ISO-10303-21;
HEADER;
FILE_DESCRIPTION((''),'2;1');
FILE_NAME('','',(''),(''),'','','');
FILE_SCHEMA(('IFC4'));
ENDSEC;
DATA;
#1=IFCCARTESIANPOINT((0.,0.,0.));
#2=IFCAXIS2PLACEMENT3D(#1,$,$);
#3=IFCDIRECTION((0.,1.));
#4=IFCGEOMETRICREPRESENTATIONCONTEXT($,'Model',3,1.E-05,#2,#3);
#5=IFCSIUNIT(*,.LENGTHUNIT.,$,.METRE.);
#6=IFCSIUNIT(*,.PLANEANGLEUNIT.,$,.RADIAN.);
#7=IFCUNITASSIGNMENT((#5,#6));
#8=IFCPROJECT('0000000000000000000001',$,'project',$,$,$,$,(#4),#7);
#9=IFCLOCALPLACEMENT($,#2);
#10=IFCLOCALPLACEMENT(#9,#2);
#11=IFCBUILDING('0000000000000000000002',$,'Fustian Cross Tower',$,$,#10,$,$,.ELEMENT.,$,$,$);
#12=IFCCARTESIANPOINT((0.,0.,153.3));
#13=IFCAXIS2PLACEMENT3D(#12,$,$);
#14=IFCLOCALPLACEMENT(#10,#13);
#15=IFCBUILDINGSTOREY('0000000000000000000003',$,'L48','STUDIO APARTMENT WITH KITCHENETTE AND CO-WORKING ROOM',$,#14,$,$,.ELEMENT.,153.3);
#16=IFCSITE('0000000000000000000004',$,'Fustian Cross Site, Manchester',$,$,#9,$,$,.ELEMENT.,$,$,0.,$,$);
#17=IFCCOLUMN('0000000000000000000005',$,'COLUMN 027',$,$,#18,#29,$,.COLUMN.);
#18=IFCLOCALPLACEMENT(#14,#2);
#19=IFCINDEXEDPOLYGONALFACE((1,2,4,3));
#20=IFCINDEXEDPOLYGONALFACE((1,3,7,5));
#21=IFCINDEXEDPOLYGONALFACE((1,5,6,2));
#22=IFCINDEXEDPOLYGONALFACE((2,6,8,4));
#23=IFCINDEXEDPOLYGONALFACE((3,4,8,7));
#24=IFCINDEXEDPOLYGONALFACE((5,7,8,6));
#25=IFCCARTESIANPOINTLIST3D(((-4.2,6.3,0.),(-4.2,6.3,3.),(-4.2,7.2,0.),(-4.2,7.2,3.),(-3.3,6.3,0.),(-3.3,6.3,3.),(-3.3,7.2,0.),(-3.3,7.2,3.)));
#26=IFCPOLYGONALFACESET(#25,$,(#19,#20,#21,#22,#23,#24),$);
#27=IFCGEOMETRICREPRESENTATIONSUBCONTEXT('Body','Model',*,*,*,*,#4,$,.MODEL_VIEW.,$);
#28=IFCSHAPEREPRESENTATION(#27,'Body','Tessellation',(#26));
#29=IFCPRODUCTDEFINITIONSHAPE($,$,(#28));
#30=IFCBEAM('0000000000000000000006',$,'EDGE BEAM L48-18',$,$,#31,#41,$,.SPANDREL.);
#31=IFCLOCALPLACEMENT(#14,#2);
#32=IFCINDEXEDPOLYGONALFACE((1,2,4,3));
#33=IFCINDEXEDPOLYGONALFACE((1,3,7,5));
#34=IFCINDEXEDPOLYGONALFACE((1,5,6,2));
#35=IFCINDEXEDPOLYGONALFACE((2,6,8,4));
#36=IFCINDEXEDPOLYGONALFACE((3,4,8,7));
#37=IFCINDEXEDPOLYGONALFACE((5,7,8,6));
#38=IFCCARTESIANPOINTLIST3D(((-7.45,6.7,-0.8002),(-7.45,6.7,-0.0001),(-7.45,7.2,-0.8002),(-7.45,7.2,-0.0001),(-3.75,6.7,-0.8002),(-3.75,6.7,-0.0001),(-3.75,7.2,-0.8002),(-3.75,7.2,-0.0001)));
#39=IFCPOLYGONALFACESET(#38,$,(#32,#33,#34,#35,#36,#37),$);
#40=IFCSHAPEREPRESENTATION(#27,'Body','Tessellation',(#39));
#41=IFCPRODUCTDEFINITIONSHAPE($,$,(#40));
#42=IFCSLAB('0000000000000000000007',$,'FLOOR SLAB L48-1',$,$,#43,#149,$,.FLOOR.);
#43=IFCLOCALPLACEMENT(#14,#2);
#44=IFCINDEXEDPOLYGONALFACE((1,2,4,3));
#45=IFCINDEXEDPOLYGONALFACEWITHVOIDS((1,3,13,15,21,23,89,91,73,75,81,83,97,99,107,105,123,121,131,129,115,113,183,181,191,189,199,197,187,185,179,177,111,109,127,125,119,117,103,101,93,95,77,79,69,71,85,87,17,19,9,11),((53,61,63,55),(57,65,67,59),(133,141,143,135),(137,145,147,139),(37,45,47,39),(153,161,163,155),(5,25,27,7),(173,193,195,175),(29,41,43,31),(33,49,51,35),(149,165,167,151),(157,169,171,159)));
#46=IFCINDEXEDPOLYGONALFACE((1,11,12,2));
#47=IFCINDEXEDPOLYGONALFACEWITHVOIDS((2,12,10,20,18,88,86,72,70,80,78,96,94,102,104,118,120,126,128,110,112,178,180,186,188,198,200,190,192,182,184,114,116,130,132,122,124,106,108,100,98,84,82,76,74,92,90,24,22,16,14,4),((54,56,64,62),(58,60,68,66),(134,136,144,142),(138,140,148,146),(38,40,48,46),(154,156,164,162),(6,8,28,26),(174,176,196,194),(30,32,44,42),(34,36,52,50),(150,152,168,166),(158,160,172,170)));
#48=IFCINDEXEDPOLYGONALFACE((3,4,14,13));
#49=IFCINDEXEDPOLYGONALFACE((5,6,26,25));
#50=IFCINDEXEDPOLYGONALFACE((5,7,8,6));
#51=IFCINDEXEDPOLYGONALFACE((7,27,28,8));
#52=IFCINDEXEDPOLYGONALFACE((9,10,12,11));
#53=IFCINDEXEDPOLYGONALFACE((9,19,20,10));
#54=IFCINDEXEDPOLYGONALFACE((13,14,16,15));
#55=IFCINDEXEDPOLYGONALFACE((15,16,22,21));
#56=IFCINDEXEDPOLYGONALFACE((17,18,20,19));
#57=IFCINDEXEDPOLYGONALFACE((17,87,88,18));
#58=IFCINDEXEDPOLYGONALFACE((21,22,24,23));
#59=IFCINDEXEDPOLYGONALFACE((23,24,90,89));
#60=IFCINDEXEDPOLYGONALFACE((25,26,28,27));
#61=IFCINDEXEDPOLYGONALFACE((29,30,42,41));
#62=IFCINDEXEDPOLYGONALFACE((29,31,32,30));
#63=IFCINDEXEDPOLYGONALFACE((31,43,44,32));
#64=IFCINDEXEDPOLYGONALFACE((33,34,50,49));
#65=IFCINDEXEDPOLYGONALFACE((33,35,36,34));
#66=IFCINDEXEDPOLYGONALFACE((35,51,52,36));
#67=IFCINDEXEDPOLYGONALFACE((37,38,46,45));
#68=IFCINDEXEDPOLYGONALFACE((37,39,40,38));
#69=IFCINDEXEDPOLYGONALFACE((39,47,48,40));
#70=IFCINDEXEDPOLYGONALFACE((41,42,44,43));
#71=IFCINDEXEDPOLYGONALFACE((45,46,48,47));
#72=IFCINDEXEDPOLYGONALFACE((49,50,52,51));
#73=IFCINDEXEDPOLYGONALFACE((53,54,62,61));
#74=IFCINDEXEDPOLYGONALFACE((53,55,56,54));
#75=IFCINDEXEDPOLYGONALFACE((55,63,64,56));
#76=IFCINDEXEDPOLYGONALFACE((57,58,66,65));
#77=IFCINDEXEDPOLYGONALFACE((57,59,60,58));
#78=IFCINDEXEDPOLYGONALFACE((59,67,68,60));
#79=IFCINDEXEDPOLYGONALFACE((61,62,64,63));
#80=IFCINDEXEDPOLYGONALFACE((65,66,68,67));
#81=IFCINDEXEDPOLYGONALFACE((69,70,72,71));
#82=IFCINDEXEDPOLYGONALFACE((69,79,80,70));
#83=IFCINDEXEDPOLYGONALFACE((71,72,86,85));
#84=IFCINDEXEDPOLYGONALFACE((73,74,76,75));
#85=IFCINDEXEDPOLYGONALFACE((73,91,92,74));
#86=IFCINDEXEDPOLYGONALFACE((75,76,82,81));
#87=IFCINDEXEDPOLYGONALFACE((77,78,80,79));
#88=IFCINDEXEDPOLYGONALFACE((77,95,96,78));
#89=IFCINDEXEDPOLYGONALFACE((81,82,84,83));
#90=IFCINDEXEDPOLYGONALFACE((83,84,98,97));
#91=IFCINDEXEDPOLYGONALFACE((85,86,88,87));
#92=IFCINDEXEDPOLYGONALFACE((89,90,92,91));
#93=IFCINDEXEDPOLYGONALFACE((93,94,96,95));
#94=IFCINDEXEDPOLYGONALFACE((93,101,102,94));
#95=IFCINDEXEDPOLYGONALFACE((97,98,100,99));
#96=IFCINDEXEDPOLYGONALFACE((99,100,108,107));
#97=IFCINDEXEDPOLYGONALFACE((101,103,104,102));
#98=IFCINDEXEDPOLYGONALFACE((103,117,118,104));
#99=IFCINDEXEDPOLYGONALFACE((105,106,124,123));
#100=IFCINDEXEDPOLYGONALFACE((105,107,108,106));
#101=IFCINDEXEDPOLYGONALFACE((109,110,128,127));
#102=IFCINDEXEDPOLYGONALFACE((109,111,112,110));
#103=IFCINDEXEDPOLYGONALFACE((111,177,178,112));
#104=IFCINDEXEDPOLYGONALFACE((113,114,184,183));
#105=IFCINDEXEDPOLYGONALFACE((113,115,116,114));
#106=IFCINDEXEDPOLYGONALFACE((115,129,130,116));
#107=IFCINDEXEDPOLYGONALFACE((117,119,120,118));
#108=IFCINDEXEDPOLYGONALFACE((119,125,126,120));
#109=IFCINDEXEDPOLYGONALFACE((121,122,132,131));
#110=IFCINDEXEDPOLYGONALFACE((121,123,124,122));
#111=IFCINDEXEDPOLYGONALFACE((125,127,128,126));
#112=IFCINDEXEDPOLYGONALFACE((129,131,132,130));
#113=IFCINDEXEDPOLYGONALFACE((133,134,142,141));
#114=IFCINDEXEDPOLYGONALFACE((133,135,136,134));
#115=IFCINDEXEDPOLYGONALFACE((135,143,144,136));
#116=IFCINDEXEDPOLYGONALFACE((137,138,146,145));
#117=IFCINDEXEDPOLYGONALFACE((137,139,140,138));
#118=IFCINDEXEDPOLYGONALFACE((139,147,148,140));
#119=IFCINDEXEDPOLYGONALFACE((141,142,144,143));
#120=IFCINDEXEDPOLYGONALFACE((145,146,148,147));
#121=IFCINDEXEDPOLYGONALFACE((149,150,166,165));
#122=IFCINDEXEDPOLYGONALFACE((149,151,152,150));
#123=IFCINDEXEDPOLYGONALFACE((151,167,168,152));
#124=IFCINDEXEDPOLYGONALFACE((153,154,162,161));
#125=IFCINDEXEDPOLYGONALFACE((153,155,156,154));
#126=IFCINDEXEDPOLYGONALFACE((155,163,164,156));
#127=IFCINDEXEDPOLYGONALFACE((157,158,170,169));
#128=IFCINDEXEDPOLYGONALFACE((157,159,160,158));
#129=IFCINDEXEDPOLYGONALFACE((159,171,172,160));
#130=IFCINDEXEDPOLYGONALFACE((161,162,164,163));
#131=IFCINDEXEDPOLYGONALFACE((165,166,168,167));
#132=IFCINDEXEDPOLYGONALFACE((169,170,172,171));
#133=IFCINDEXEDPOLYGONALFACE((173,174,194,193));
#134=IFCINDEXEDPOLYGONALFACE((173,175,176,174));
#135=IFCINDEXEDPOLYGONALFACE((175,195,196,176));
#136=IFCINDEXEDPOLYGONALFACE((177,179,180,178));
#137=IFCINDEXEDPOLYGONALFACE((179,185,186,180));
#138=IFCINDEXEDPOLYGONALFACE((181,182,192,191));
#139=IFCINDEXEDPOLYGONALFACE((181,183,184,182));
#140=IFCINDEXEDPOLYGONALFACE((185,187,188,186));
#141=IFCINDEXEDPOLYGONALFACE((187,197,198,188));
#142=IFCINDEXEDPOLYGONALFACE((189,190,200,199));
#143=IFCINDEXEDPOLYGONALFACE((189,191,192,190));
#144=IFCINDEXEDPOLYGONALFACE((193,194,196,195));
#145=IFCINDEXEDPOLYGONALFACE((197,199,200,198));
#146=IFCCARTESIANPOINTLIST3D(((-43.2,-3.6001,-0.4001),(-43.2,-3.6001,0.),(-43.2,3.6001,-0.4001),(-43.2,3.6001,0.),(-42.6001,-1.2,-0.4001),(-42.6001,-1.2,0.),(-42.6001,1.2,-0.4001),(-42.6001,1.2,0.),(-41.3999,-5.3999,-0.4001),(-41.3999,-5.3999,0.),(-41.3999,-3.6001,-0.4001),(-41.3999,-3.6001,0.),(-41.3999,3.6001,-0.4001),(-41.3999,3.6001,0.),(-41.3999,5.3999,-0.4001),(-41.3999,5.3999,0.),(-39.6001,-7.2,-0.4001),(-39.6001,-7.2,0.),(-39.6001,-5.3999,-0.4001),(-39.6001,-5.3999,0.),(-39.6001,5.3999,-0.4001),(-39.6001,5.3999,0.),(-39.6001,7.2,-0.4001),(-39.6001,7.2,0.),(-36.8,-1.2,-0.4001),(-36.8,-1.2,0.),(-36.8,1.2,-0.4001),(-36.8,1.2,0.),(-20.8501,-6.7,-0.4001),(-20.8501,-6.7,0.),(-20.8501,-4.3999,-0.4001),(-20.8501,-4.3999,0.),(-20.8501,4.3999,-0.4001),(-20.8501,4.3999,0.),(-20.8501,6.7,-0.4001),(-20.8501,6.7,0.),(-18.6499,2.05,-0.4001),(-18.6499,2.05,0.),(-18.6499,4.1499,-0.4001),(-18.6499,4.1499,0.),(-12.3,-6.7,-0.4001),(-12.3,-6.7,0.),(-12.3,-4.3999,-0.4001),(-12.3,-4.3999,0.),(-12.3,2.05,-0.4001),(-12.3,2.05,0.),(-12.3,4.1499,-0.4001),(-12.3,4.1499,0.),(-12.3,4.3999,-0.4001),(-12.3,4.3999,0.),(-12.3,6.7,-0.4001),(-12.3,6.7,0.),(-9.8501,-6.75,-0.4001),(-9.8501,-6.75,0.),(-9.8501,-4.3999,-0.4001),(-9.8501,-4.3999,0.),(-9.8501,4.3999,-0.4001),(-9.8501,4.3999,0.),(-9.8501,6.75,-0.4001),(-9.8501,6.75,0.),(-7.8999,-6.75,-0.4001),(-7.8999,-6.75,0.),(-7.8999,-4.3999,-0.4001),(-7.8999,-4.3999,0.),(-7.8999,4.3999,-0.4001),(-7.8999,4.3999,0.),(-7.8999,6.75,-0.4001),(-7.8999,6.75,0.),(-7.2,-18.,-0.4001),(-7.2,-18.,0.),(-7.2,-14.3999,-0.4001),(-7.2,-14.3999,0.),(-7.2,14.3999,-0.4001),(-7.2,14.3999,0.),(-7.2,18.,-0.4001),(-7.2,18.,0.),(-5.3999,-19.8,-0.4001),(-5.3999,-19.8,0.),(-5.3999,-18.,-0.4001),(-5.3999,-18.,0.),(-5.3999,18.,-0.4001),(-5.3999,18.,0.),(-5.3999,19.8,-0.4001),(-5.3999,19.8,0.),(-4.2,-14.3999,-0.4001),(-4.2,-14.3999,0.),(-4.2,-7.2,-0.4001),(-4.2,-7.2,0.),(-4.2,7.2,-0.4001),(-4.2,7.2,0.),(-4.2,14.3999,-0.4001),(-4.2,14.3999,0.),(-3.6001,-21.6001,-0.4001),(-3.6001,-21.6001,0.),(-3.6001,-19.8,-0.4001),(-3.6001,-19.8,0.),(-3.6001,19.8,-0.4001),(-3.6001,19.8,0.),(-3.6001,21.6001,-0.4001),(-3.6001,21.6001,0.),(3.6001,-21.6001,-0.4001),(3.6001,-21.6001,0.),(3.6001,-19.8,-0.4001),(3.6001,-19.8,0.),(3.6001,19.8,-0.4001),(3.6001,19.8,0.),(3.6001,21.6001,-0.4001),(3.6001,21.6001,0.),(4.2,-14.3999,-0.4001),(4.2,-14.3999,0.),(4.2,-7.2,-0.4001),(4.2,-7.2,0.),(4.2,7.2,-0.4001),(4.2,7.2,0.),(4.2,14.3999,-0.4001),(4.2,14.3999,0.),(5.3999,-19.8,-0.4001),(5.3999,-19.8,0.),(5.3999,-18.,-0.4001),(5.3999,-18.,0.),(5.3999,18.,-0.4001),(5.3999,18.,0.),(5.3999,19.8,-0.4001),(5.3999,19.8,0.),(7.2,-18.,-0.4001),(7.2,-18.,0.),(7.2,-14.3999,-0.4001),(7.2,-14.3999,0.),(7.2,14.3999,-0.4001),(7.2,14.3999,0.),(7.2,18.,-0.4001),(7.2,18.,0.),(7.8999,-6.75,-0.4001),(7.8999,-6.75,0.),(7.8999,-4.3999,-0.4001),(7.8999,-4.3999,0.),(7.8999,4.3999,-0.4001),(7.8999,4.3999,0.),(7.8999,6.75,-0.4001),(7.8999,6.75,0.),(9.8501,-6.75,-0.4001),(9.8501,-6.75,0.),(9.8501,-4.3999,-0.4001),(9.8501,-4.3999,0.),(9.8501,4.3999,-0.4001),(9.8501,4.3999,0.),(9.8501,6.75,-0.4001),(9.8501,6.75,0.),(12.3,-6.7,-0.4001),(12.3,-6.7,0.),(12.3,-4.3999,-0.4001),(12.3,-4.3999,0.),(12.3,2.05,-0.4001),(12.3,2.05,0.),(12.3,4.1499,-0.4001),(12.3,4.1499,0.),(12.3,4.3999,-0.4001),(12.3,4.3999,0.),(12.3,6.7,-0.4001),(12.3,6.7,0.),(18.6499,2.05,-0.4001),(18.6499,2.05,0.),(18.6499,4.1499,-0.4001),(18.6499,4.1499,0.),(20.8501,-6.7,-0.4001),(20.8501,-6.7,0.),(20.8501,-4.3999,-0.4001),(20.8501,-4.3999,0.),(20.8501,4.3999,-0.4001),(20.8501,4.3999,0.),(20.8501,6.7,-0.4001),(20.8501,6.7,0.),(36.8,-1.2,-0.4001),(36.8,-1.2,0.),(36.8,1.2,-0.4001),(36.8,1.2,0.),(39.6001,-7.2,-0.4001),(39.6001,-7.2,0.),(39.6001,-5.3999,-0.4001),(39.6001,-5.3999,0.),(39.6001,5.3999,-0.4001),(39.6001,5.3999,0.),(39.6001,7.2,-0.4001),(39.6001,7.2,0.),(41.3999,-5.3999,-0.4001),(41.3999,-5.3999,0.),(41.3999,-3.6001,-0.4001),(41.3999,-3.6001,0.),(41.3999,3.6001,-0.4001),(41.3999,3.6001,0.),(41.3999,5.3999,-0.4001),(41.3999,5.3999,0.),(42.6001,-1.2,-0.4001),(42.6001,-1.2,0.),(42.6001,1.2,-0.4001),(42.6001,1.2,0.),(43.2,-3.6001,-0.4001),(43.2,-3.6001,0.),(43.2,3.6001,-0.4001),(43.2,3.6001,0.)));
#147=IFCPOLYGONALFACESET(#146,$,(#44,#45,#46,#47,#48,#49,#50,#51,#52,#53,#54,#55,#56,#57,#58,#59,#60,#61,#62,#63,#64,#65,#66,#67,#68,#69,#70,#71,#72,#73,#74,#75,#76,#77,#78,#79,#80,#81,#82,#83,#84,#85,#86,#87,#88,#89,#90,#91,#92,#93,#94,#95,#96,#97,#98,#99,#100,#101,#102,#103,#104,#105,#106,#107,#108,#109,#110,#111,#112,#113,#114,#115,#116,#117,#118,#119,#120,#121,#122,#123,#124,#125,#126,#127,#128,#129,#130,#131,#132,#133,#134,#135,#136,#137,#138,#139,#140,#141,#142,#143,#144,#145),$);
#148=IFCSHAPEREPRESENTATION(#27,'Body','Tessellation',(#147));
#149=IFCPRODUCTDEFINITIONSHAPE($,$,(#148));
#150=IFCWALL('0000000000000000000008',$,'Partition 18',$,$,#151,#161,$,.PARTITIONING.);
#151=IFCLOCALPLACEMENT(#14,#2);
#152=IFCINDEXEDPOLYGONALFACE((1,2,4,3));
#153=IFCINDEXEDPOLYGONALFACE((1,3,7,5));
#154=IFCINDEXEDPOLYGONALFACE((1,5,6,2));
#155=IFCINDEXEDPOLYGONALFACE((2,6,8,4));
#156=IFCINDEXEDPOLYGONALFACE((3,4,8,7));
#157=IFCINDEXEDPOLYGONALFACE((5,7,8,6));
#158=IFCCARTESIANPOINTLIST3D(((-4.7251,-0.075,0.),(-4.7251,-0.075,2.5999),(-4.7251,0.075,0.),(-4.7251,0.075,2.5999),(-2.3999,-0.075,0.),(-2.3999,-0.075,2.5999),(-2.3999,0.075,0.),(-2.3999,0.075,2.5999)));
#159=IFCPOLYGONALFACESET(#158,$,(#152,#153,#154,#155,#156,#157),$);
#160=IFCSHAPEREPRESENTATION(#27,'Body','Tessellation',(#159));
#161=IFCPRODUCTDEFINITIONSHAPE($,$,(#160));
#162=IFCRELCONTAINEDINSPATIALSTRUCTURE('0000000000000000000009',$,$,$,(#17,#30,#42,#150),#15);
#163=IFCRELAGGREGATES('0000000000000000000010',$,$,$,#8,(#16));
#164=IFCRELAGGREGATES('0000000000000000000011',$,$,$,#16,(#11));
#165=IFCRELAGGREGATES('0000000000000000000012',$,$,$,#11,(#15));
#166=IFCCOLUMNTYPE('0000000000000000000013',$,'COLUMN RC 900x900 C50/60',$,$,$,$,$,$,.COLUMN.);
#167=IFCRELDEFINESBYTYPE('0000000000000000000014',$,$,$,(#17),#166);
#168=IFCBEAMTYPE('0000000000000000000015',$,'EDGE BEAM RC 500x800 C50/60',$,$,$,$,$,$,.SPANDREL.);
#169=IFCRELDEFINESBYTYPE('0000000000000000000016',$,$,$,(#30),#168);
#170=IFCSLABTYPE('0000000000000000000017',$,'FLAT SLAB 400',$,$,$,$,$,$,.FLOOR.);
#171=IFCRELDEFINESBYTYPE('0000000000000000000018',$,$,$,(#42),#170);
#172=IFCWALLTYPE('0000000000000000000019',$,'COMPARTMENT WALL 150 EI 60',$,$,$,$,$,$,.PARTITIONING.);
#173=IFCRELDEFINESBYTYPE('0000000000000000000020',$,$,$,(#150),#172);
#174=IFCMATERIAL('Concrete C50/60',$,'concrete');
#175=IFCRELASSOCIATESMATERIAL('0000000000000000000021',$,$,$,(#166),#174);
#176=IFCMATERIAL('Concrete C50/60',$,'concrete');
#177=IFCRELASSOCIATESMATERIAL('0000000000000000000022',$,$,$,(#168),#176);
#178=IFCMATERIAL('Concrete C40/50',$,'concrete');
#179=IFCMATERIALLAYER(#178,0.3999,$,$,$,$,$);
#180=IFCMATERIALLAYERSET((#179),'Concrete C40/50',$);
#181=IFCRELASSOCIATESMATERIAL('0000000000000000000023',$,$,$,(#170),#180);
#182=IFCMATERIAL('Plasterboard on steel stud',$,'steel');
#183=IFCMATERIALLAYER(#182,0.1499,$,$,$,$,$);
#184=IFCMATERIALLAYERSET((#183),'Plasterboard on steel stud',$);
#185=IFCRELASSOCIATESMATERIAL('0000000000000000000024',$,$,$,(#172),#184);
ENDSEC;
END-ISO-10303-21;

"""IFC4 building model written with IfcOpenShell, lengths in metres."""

from ifc_helpers import new_model, si_unit, direction, frame, frame_2d, origin, origin_2d, place, context, subcontext, project, spatial, polyline, rectangle, outline, extrude, material, layer, layer_set, material_profile, profile_set, type_object, element, save


model = new_model("IFC4")

# Units and contexts
model_context = context("Model", 3, precision=1e-05, world=origin(), true_north=direction((0.0, 1.0)))
body_context = subcontext(model_context, "Body", "Model", "MODEL_VIEW")
ifc_project = project(units=[si_unit("LENGTHUNIT", "METRE"), si_unit("PLANEANGLEUNIT", "RADIAN")], contexts=[model_context])

# Site, building, storey
site_placement = place(None, origin())
site = spatial("IfcSite", under=ifc_project, at=site_placement, Name="Fustian Cross Site, Manchester", CompositionType="ELEMENT", RefElevation=0.0)
building_placement = place(site_placement, origin())
building = spatial("IfcBuilding", under=site, at=building_placement, Name="Fustian Cross Tower", CompositionType="ELEMENT")
storey_placement = place(building_placement, frame((0.0, 0.0, 153.3)))
storey = spatial("IfcBuildingStorey", under=building, at=storey_placement, Name="L48", Description="STUDIO APARTMENT WITH KITCHENETTE AND CO-WORKING ROOM", CompositionType="ELEMENT", Elevation=153.3)

# Column
ifc_material_1 = material(Name="Concrete C50/60", Category="concrete")
ifc_material_profile_1 = material_profile(ifc_material_1, rectangle(XDim=0.8999, YDim=0.8999, at=origin_2d()), Name="RC 900x900")
ifc_profile_set_1 = profile_set([ifc_material_profile_1], Name="Concrete C50/60")
column_type = type_object("IfcColumnType", Name="COLUMN RC 900x900 C50/60", PredefinedType="COLUMN", material=ifc_profile_set_1)
column_placement = place(storey_placement, frame((-3.75, 6.75, 0.0), z_axis=(0.0, 0.0, 1.0), x_axis=(1.0, 0.0, 0.0)))
element("IfcColumn", 1, at=column_placement, inside=storey, type_object=column_type, Name="COLUMN 027", PredefinedType="COLUMN", context=body_context, shape_type="SweptSolid", body=[
    extrude(rectangle(XDim=0.8999, YDim=0.8999, at=origin_2d()), origin(), (0.0, 0.0, 1.0), 3.0),
])

# Beam
ifc_material_2 = material(Name="Concrete C50/60", Category="concrete")
ifc_material_profile_2 = material_profile(ifc_material_2, rectangle(XDim=0.5, YDim=0.8, at=origin_2d()), Name="RC 500x800")
ifc_profile_set_2 = profile_set([ifc_material_profile_2], Name="Concrete C50/60")
beam_type = type_object("IfcBeamType", Name="EDGE BEAM RC 500x800 C50/60", PredefinedType="SPANDREL", material=ifc_profile_set_2)
beam_placement = place(storey_placement, frame((-3.75, 6.95, -0.4001), z_axis=(-1.0, 0.0, 0.0), x_axis=(0.0, -1.0, 0.0)))
element("IfcBeam", 2, at=beam_placement, inside=storey, type_object=beam_type, Name="EDGE BEAM L48-18", PredefinedType="SPANDREL", context=body_context, shape_type="SweptSolid", body=[
    extrude(rectangle(XDim=0.5, YDim=0.8, at=origin_2d()), origin(), (0.0, 0.0, 1.0), 3.7),
])

# Slab
ifc_material_3 = material(Name="Concrete C40/50", Category="concrete")
ifc_layer_1 = layer(ifc_material_3, 0.3999)
ifc_layer_set_1 = layer_set([ifc_layer_1], Name="Concrete C40/50")
slab_type = type_object("IfcSlabType", Name="FLAT SLAB 400", PredefinedType="FLOOR", material=ifc_layer_set_1)
slab_placement = place(storey_placement, frame((0.0, 0.0, -0.4001)))
element("IfcSlab", 3, at=slab_placement, inside=storey, type_object=slab_type, Name="FLOOR SLAB L48-1", PredefinedType="FLOOR", context=body_context, shape_type="SweptSolid", body=[
    extrude(outline(polyline([(-5.3999, -18.0), (-7.2, -18.0), (-7.2, -14.3999), (-4.2, -14.3999), (-4.2, -7.2), (-39.6001, -7.2), (-39.6001, -5.3999), (-41.3999, -5.3999), (-41.3999, -3.6001), (-43.2, -3.6001), (-43.2, 3.6001), (-41.3999, 3.6001), (-41.3999, 5.3999), (-39.6001, 5.3999), (-39.6001, 7.2), (-4.2, 7.2), (-4.2, 14.3999), (-7.2, 14.3999), (-7.2, 18.0), (-5.3999, 18.0), (-5.3999, 19.8), (-3.6001, 19.8), (-3.6001, 21.6001), (3.6001, 21.6001), (3.6001, 19.8), (5.3999, 19.8), (5.3999, 18.0), (7.2, 18.0), (7.2, 14.3999), (4.2, 14.3999), (4.2, 7.2), (39.6001, 7.2), (39.6001, 5.3999), (41.3999, 5.3999), (41.3999, 3.6001), (43.2, 3.6001), (43.2, -3.6001), (41.3999, -3.6001), (41.3999, -5.3999), (39.6001, -5.3999), (39.6001, -7.2), (4.2, -7.2), (4.2, -14.3999), (7.2, -14.3999), (7.2, -18.0), (5.3999, -18.0), (5.3999, -19.8), (3.6001, -19.8), (3.6001, -21.6001), (-3.6001, -21.6001), (-3.6001, -19.8), (-5.3999, -19.8), (-5.3999, -18.0)]), holes=[polyline([(9.8501, 4.3999), (9.8501, 6.75), (7.8999, 6.75), (7.8999, 4.3999), (9.8501, 4.3999)]), polyline([(7.8999, -6.75), (9.8501, -6.75), (9.8501, -4.3999), (7.8999, -4.3999), (7.8999, -6.75)]), polyline([(-9.8501, 6.75), (-9.8501, 4.3999), (-7.8999, 4.3999), (-7.8999, 6.75), (-9.8501, 6.75)]), polyline([(-7.8999, -4.3999), (-9.8501, -4.3999), (-9.8501, -6.75), (-7.8999, -6.75), (-7.8999, -4.3999)]), polyline([(18.6499, 2.05), (18.6499, 4.1499), (12.3, 4.1499), (12.3, 2.05), (18.6499, 2.05)]), polyline([(-18.6499, 2.05), (-12.3, 2.05), (-12.3, 4.1499), (-18.6499, 4.1499), (-18.6499, 2.05)]), polyline([(12.3, 6.7), (12.3, 4.3999), (20.8501, 4.3999), (20.8501, 6.7), (12.3, 6.7)]), polyline([(20.8501, -4.3999), (12.3, -4.3999), (12.3, -6.7), (20.8501, -6.7), (20.8501, -4.3999)]), polyline([(-12.3, 4.3999), (-12.3, 6.7), (-20.8501, 6.7), (-20.8501, 4.3999), (-12.3, 4.3999)]), polyline([(-20.8501, -6.7), (-12.3, -6.7), (-12.3, -4.3999), (-20.8501, -4.3999), (-20.8501, -6.7)]), polyline([(36.8, 1.2), (36.8, -1.2), (42.6001, -1.2), (42.6001, 1.2), (36.8, 1.2)]), polyline([(-36.8, 1.2), (-42.6001, 1.2), (-42.6001, -1.2), (-36.8, -1.2), (-36.8, 1.2)])]), origin(), (0.0, 0.0, 1.0), 0.4001),
])

# Wall
ifc_material_4 = material(Name="Plasterboard on steel stud", Category="steel")
ifc_layer_2 = layer(ifc_material_4, 0.1499)
ifc_layer_set_2 = layer_set([ifc_layer_2], Name="Plasterboard on steel stud")
wall_type_1 = type_object("IfcWallType", Name="COMPARTMENT WALL 150 EI 60", PredefinedType="PARTITIONING", material=ifc_layer_set_2)
wall_1_placement = place(storey_placement, frame((-4.7251, 0.0, 0.0), z_axis=(0.0, 0.0, 1.0), x_axis=(1.0, 0.0, 0.0)))
element("IfcWall", 4, at=wall_1_placement, inside=storey, type_object=wall_type_1, Name="Partition 18", PredefinedType="PARTITIONING", context=body_context, shape_type="SweptSolid", body=[
    extrude(rectangle(XDim=2.3252, YDim=0.1499, at=frame_2d((1.1626, 0.0))), origin(), (0.0, 0.0, 1.0), 2.5999),
])

save(model, "model.ifc")
